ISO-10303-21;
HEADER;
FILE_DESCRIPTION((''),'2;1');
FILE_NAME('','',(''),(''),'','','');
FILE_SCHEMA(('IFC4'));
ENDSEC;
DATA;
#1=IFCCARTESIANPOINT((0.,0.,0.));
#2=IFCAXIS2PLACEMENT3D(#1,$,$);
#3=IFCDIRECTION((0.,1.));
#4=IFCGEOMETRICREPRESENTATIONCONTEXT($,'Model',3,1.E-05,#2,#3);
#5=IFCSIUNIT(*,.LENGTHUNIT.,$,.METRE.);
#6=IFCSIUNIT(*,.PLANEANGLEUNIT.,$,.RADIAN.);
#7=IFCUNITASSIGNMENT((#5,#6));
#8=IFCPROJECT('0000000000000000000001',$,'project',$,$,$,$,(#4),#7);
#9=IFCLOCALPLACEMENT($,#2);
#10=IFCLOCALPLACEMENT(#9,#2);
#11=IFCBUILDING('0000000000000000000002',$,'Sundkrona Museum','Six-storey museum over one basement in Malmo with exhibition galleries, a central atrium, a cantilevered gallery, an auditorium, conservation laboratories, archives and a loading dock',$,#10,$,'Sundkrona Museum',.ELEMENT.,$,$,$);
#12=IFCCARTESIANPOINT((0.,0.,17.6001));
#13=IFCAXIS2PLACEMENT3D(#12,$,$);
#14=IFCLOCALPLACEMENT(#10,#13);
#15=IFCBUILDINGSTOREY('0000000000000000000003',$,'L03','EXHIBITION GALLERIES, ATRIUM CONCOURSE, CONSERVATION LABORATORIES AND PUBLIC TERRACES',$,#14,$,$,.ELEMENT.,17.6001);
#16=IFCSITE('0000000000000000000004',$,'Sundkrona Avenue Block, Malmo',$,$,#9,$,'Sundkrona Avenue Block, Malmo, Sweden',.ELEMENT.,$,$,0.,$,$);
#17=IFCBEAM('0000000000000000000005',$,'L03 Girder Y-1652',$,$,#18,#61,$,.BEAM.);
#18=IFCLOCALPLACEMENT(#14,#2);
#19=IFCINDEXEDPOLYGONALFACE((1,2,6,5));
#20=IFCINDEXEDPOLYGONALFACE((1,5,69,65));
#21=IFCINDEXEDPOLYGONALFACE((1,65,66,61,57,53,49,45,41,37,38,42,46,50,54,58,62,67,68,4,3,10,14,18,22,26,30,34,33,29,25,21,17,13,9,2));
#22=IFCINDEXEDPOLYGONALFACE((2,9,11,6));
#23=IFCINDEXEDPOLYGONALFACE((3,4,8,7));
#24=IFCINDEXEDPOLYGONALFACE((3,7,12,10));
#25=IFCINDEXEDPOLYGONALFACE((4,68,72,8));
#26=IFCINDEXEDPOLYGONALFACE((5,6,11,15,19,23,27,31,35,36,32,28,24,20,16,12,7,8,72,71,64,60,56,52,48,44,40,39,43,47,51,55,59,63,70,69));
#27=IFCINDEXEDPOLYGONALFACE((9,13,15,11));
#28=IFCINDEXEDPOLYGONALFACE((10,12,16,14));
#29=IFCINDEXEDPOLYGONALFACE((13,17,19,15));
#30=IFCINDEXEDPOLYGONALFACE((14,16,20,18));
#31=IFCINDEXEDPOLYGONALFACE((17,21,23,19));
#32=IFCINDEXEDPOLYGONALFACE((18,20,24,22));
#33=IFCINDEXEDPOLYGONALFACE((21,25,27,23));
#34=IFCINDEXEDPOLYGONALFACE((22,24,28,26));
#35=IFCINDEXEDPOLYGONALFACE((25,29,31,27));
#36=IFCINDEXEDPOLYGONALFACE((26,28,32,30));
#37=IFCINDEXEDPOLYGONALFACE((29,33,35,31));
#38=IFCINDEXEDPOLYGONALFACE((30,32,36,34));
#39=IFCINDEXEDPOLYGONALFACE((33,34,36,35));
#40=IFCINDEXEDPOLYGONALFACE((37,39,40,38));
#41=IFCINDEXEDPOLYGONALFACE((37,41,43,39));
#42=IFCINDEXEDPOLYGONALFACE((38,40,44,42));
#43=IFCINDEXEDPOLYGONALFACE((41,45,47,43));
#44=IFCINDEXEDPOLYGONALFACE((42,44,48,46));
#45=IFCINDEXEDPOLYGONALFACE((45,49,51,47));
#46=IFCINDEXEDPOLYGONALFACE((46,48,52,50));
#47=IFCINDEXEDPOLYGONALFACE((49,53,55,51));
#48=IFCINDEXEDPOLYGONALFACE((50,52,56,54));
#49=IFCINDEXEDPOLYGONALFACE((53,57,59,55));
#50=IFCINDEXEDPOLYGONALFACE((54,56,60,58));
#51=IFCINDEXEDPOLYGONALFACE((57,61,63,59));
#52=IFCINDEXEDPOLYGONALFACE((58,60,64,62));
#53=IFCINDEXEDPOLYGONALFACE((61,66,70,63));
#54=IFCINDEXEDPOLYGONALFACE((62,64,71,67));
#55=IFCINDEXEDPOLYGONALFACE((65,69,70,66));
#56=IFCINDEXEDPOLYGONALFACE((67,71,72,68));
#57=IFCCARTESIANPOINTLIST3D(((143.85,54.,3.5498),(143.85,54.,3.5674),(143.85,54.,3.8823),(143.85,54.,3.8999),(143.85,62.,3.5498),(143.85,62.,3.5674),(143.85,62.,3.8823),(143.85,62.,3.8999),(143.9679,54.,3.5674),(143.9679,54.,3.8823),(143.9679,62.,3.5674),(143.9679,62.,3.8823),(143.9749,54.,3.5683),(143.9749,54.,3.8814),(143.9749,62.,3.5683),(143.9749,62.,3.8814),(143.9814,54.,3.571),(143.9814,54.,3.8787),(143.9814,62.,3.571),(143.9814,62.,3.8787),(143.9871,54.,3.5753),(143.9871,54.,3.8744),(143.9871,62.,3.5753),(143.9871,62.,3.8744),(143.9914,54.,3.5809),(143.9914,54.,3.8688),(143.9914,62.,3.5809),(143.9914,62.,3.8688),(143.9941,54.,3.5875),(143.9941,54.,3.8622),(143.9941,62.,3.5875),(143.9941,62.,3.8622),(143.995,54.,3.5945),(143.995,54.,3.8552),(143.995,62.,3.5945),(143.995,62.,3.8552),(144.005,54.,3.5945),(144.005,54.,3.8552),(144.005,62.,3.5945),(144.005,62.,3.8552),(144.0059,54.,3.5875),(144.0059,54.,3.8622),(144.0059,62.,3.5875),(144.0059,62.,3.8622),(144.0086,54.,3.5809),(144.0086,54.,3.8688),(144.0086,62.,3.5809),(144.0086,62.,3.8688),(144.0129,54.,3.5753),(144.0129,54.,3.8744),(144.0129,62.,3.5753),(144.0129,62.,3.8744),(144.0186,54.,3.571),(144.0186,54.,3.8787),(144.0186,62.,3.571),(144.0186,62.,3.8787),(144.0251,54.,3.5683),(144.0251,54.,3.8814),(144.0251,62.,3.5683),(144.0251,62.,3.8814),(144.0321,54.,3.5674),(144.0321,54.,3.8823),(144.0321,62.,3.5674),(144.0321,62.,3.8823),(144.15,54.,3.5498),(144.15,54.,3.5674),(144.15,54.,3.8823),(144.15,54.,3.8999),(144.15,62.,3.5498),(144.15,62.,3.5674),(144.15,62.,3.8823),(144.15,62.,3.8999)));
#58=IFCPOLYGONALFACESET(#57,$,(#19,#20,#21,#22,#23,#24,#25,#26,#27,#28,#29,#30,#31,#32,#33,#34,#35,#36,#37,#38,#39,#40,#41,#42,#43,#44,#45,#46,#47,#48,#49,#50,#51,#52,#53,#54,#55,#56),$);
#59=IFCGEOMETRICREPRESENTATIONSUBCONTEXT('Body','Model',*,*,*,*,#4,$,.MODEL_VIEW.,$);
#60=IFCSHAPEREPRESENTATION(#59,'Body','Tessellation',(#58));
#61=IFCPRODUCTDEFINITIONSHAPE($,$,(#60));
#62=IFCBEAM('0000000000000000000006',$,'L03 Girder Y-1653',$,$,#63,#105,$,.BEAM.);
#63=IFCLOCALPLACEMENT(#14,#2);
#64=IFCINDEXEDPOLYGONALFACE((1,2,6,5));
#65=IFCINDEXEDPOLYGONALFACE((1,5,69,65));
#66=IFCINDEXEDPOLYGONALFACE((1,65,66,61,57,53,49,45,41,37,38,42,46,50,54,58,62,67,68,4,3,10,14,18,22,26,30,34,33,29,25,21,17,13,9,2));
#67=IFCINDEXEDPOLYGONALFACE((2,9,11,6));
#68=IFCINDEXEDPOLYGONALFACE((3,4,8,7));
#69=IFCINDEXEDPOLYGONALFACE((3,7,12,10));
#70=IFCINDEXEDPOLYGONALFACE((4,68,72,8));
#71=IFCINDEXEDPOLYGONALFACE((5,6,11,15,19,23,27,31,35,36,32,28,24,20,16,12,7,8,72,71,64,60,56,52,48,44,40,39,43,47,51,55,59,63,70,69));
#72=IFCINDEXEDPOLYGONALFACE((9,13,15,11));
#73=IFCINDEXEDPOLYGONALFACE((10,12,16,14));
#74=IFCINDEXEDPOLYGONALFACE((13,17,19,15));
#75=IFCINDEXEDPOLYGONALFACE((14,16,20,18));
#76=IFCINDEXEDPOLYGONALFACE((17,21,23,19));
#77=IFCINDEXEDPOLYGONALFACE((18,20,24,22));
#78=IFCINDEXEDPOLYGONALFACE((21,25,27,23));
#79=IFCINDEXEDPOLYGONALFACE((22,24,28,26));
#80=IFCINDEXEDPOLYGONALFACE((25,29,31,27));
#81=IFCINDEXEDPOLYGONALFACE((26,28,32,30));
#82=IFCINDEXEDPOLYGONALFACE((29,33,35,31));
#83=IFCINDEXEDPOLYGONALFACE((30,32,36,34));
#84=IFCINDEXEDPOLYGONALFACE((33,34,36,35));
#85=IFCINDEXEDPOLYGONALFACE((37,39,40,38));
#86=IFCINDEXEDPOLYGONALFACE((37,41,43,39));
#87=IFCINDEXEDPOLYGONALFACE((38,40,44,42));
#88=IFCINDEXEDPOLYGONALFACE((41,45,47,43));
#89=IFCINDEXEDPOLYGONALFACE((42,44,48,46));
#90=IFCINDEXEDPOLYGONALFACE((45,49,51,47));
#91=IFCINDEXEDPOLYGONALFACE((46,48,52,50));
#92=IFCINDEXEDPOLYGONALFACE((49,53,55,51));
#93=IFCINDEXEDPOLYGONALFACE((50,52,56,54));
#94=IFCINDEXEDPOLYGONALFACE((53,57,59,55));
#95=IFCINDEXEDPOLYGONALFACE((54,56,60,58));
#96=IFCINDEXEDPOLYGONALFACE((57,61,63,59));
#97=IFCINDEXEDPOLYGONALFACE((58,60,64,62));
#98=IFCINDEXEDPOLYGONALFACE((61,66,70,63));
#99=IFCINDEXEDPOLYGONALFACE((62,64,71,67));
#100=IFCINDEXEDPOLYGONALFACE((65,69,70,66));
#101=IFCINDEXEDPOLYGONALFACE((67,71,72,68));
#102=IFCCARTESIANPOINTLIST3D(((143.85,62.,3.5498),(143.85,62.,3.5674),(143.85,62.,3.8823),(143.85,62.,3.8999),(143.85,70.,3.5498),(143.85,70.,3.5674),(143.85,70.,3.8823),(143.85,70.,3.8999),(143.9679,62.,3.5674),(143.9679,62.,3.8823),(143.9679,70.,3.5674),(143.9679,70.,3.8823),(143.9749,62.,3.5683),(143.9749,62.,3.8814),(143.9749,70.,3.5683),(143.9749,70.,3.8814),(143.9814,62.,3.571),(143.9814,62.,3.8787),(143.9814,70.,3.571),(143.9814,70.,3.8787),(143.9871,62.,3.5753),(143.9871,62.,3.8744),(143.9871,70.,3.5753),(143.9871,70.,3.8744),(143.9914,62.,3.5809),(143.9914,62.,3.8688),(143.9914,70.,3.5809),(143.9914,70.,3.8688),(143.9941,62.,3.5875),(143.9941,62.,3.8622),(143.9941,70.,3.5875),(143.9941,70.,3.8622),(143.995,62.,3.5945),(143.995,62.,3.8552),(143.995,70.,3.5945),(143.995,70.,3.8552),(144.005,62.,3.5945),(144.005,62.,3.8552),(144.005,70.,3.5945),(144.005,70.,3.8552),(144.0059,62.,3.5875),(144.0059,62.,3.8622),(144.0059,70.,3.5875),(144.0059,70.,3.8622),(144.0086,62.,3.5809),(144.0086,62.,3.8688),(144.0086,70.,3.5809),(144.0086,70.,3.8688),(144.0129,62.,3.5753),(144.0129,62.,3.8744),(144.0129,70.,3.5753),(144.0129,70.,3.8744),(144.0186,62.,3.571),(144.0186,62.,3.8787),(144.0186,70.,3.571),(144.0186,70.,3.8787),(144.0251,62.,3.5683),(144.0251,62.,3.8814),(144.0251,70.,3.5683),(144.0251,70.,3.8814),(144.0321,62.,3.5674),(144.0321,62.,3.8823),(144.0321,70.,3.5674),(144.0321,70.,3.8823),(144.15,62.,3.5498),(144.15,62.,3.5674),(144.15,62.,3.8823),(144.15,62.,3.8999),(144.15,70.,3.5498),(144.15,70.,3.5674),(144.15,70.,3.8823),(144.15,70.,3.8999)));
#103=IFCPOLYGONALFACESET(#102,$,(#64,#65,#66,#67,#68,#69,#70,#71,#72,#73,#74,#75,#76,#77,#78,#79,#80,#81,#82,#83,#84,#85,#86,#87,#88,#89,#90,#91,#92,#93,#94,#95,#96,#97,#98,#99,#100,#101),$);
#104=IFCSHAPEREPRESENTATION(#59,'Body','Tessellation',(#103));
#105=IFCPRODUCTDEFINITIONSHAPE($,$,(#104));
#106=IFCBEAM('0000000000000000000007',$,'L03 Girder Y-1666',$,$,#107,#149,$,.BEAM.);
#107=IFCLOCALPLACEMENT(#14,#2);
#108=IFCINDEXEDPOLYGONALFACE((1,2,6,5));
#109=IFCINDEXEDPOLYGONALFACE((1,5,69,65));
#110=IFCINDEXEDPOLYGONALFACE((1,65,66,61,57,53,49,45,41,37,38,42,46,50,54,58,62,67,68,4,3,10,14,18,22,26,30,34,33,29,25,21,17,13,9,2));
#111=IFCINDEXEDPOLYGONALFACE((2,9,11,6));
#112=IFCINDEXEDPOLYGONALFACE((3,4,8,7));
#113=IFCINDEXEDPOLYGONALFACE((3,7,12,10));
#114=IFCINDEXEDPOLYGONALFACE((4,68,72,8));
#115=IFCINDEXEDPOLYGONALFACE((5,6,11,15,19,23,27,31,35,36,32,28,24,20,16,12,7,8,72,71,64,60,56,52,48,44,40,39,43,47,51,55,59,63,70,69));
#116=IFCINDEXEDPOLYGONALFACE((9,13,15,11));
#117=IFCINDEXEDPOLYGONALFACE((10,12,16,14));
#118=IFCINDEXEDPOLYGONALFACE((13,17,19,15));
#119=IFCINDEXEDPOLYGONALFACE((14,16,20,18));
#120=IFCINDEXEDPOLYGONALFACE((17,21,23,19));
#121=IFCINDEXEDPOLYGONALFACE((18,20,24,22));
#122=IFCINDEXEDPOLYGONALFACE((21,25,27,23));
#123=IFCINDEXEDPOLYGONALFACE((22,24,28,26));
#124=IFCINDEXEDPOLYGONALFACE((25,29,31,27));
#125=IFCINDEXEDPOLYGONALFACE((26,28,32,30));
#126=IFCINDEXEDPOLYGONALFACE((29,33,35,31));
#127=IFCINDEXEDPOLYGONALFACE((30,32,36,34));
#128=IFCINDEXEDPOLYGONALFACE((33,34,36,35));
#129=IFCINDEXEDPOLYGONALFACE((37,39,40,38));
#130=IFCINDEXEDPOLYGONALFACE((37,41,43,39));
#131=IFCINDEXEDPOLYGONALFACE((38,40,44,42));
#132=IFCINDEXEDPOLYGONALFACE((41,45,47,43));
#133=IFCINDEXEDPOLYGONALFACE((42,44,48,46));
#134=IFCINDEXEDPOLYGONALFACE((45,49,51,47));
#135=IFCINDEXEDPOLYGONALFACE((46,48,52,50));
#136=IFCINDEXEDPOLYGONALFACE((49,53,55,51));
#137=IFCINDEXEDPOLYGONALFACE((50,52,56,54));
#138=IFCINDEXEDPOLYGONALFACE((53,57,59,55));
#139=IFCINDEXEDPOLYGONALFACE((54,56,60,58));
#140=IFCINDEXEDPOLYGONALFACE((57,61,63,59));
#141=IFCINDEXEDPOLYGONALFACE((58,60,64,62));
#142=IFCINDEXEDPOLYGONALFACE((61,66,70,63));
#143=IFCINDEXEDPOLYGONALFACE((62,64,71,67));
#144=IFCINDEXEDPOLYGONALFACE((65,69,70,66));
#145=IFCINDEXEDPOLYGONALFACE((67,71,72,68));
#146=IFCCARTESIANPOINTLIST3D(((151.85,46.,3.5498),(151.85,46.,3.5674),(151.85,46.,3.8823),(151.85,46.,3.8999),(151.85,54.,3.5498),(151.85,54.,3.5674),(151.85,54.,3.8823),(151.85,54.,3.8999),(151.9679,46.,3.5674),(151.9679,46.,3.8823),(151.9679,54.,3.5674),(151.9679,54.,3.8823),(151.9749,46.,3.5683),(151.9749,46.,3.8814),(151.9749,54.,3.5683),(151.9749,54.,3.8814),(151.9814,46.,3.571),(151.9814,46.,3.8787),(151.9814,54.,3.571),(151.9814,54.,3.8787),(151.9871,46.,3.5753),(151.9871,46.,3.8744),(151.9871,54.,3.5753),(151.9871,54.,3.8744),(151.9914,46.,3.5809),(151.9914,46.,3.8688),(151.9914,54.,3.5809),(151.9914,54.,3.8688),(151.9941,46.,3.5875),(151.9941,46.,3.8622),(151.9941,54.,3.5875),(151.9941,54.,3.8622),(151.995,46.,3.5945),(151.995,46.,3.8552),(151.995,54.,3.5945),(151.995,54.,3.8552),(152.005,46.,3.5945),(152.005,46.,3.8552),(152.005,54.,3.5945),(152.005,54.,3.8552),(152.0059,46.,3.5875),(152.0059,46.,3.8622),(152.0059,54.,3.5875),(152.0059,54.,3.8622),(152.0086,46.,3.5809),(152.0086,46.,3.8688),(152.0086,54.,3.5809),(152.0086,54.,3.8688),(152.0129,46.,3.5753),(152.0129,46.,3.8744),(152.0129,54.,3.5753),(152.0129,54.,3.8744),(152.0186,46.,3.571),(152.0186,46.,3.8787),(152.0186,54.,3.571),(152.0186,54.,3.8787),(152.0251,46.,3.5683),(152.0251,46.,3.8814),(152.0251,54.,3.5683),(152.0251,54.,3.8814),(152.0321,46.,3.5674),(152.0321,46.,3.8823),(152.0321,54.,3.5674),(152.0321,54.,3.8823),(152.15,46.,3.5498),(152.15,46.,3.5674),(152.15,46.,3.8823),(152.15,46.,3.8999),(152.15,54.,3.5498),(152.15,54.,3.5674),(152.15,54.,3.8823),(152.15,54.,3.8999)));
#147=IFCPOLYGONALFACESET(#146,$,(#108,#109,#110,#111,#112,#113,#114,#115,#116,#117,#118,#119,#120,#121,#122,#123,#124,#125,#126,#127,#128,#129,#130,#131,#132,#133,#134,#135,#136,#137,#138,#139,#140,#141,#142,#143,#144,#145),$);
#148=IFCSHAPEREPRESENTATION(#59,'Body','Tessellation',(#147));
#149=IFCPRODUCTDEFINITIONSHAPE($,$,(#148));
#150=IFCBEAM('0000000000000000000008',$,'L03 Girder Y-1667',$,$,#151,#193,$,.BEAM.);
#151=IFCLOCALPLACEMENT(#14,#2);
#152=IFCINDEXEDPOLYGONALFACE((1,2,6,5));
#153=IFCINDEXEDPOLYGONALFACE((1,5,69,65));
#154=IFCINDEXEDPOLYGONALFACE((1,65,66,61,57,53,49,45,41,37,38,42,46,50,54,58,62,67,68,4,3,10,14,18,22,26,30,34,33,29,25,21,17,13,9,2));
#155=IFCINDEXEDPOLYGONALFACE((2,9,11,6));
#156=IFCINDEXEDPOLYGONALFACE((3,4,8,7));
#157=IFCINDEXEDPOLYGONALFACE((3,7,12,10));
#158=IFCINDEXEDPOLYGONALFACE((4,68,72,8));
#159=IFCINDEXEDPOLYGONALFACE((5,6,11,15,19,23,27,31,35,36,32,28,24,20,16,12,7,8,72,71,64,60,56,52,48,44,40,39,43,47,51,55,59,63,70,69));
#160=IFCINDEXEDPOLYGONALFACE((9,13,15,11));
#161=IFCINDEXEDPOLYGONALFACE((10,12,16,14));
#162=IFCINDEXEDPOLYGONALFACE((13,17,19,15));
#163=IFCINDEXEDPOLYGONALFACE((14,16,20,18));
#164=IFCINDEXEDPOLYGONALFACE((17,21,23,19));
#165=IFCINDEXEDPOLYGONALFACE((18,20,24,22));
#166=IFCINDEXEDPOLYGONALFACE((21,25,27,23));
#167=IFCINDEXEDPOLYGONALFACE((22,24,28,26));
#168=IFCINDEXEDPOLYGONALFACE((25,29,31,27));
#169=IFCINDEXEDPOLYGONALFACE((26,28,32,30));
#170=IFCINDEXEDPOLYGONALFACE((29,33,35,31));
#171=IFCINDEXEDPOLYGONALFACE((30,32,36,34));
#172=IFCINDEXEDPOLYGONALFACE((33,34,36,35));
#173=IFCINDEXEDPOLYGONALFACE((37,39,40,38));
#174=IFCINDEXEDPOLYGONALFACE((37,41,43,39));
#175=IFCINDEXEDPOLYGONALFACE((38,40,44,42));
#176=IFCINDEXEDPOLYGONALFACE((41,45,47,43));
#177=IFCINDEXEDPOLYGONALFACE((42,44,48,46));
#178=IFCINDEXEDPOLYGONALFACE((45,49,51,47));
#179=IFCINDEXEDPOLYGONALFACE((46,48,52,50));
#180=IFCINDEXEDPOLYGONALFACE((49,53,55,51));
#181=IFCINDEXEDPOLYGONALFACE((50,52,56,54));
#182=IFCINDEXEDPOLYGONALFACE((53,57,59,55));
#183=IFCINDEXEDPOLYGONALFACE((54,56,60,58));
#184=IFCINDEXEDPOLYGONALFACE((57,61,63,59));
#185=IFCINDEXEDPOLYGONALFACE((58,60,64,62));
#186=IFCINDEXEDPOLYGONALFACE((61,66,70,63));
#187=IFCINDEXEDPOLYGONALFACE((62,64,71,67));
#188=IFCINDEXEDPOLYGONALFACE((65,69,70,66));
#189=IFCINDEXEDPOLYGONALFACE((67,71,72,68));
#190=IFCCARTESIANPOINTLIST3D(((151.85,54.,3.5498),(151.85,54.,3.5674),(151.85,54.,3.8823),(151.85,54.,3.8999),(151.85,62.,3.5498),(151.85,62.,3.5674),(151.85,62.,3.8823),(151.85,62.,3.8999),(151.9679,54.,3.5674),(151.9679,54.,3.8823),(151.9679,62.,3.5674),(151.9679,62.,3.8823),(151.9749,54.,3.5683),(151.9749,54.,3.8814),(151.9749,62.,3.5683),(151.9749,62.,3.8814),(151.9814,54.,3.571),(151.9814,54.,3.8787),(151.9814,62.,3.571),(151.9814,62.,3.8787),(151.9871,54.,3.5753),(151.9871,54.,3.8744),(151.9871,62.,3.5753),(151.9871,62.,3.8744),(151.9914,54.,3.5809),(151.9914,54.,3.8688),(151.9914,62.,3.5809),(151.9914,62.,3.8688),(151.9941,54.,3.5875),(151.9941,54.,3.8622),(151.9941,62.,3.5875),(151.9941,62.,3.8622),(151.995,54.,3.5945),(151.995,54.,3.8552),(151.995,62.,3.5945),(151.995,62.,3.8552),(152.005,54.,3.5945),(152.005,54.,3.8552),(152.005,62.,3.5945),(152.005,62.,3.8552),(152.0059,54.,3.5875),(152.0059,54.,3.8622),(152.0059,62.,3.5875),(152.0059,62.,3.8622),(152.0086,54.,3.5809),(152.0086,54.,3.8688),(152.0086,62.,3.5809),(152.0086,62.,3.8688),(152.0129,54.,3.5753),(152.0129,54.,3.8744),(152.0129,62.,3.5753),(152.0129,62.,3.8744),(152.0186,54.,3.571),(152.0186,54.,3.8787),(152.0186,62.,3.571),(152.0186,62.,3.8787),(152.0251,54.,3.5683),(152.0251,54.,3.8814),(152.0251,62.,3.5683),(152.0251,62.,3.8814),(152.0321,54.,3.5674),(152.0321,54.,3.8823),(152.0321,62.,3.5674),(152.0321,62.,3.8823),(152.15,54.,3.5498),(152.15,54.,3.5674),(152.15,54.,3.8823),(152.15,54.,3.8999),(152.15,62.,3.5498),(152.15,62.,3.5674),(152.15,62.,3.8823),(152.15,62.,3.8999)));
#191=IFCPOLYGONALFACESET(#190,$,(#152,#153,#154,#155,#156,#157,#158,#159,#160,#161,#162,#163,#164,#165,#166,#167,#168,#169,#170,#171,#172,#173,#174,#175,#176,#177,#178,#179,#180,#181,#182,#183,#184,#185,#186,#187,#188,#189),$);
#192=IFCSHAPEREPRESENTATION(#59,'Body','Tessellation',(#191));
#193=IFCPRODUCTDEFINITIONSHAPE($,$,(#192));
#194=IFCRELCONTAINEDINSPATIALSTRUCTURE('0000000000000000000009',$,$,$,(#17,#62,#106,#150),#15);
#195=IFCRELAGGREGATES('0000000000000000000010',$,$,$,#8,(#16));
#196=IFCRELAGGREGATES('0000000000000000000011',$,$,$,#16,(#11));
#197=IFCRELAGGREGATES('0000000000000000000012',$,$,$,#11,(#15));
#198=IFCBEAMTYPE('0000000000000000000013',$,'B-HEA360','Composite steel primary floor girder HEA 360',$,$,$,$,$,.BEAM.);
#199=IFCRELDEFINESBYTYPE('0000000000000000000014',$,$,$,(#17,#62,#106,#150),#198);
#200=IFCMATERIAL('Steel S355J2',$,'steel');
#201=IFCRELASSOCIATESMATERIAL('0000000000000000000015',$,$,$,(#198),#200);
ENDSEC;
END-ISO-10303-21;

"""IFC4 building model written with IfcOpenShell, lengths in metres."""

from ifc_helpers import new_model, si_unit, direction, frame, origin, origin_2d, place, context, subcontext, project, spatial, i_section, extrude, material, material_profile, profile_set, type_object, element, save


model = new_model("IFC4")

# Units and contexts
model_context = context("Model", 3, precision=1e-05, world=origin(), true_north=direction((0.0, 1.0)))
body_context = subcontext(model_context, "Body", "Model", "MODEL_VIEW")
ifc_project = project(units=[si_unit("LENGTHUNIT", "METRE"), si_unit("PLANEANGLEUNIT", "RADIAN")], contexts=[model_context])

# Site, building, storey
site_placement = place(None, origin())
site = spatial("IfcSite", under=ifc_project, at=site_placement, Name="Sundkrona Avenue Block, Malmo", LongName="Sundkrona Avenue Block, Malmo, Sweden", CompositionType="ELEMENT", RefElevation=0.0)
building_placement = place(site_placement, origin())
building = spatial("IfcBuilding", under=site, at=building_placement, Name="Sundkrona Museum", Description="Six-storey museum over one basement in Malmo with exhibition galleries, a central atrium, a cantilevered gallery, an auditorium, conservation laboratories, archives and a loading dock", LongName="Sundkrona Museum", CompositionType="ELEMENT")
storey_placement = place(building_placement, frame((0.0, 0.0, 17.6001)))
storey = spatial("IfcBuildingStorey", under=building, at=storey_placement, Name="L03", Description="EXHIBITION GALLERIES, ATRIUM CONCOURSE, CONSERVATION LABORATORIES AND PUBLIC TERRACES", CompositionType="ELEMENT", Elevation=17.6001)

# Shared definitions
ifc_material_1 = material(Name="Steel S355J2", Category="steel")

# Beams
ifc_material_profile_1 = material_profile(ifc_material_1, i_section(OverallWidth=0.3, OverallDepth=0.3501, WebThickness=0.01, FlangeThickness=0.0176, FilletRadius=0.0271, at=origin_2d()), Name="HEA 360")
ifc_profile_set_1 = profile_set([ifc_material_profile_1], Name="Steel S355J2")
beam_type_1 = type_object("IfcBeamType", Name="B-HEA360", Description="Composite steel primary floor girder HEA 360", PredefinedType="BEAM", material=ifc_profile_set_1)
for number, where, z_axis, x_axis, name in (
    (1, (144.0, 54.0, 3.7249), (0.0, 1.0, 0.0), (-1.0, 0.0, 0.0), "L03 Girder Y-1652"),
    (2, (144.0, 62.0, 3.7249), (0.0, 1.0, 0.0), (-1.0, 0.0, 0.0), "L03 Girder Y-1653"),
    (3, (152.0, 46.0, 3.7249), (0.0, 1.0, 0.0), (-1.0, 0.0, 0.0), "L03 Girder Y-1666"),
    (4, (152.0, 54.0, 3.7249), (0.0, 1.0, 0.0), (-1.0, 0.0, 0.0), "L03 Girder Y-1667"),
):
    element("IfcBeam", number, at=place(storey_placement, frame(where, z_axis=z_axis, x_axis=x_axis)), inside=storey, type_object=beam_type_1, Name=name, PredefinedType="BEAM", context=body_context, shape_type="SweptSolid", body=[
        extrude(i_section(OverallWidth=0.3, OverallDepth=0.3501, WebThickness=0.01, FlangeThickness=0.0176, FilletRadius=0.0271, at=origin_2d()), origin(), (0.0, 0.0, 1.0), 8.0),
    ])

save(model, "model.ifc")
